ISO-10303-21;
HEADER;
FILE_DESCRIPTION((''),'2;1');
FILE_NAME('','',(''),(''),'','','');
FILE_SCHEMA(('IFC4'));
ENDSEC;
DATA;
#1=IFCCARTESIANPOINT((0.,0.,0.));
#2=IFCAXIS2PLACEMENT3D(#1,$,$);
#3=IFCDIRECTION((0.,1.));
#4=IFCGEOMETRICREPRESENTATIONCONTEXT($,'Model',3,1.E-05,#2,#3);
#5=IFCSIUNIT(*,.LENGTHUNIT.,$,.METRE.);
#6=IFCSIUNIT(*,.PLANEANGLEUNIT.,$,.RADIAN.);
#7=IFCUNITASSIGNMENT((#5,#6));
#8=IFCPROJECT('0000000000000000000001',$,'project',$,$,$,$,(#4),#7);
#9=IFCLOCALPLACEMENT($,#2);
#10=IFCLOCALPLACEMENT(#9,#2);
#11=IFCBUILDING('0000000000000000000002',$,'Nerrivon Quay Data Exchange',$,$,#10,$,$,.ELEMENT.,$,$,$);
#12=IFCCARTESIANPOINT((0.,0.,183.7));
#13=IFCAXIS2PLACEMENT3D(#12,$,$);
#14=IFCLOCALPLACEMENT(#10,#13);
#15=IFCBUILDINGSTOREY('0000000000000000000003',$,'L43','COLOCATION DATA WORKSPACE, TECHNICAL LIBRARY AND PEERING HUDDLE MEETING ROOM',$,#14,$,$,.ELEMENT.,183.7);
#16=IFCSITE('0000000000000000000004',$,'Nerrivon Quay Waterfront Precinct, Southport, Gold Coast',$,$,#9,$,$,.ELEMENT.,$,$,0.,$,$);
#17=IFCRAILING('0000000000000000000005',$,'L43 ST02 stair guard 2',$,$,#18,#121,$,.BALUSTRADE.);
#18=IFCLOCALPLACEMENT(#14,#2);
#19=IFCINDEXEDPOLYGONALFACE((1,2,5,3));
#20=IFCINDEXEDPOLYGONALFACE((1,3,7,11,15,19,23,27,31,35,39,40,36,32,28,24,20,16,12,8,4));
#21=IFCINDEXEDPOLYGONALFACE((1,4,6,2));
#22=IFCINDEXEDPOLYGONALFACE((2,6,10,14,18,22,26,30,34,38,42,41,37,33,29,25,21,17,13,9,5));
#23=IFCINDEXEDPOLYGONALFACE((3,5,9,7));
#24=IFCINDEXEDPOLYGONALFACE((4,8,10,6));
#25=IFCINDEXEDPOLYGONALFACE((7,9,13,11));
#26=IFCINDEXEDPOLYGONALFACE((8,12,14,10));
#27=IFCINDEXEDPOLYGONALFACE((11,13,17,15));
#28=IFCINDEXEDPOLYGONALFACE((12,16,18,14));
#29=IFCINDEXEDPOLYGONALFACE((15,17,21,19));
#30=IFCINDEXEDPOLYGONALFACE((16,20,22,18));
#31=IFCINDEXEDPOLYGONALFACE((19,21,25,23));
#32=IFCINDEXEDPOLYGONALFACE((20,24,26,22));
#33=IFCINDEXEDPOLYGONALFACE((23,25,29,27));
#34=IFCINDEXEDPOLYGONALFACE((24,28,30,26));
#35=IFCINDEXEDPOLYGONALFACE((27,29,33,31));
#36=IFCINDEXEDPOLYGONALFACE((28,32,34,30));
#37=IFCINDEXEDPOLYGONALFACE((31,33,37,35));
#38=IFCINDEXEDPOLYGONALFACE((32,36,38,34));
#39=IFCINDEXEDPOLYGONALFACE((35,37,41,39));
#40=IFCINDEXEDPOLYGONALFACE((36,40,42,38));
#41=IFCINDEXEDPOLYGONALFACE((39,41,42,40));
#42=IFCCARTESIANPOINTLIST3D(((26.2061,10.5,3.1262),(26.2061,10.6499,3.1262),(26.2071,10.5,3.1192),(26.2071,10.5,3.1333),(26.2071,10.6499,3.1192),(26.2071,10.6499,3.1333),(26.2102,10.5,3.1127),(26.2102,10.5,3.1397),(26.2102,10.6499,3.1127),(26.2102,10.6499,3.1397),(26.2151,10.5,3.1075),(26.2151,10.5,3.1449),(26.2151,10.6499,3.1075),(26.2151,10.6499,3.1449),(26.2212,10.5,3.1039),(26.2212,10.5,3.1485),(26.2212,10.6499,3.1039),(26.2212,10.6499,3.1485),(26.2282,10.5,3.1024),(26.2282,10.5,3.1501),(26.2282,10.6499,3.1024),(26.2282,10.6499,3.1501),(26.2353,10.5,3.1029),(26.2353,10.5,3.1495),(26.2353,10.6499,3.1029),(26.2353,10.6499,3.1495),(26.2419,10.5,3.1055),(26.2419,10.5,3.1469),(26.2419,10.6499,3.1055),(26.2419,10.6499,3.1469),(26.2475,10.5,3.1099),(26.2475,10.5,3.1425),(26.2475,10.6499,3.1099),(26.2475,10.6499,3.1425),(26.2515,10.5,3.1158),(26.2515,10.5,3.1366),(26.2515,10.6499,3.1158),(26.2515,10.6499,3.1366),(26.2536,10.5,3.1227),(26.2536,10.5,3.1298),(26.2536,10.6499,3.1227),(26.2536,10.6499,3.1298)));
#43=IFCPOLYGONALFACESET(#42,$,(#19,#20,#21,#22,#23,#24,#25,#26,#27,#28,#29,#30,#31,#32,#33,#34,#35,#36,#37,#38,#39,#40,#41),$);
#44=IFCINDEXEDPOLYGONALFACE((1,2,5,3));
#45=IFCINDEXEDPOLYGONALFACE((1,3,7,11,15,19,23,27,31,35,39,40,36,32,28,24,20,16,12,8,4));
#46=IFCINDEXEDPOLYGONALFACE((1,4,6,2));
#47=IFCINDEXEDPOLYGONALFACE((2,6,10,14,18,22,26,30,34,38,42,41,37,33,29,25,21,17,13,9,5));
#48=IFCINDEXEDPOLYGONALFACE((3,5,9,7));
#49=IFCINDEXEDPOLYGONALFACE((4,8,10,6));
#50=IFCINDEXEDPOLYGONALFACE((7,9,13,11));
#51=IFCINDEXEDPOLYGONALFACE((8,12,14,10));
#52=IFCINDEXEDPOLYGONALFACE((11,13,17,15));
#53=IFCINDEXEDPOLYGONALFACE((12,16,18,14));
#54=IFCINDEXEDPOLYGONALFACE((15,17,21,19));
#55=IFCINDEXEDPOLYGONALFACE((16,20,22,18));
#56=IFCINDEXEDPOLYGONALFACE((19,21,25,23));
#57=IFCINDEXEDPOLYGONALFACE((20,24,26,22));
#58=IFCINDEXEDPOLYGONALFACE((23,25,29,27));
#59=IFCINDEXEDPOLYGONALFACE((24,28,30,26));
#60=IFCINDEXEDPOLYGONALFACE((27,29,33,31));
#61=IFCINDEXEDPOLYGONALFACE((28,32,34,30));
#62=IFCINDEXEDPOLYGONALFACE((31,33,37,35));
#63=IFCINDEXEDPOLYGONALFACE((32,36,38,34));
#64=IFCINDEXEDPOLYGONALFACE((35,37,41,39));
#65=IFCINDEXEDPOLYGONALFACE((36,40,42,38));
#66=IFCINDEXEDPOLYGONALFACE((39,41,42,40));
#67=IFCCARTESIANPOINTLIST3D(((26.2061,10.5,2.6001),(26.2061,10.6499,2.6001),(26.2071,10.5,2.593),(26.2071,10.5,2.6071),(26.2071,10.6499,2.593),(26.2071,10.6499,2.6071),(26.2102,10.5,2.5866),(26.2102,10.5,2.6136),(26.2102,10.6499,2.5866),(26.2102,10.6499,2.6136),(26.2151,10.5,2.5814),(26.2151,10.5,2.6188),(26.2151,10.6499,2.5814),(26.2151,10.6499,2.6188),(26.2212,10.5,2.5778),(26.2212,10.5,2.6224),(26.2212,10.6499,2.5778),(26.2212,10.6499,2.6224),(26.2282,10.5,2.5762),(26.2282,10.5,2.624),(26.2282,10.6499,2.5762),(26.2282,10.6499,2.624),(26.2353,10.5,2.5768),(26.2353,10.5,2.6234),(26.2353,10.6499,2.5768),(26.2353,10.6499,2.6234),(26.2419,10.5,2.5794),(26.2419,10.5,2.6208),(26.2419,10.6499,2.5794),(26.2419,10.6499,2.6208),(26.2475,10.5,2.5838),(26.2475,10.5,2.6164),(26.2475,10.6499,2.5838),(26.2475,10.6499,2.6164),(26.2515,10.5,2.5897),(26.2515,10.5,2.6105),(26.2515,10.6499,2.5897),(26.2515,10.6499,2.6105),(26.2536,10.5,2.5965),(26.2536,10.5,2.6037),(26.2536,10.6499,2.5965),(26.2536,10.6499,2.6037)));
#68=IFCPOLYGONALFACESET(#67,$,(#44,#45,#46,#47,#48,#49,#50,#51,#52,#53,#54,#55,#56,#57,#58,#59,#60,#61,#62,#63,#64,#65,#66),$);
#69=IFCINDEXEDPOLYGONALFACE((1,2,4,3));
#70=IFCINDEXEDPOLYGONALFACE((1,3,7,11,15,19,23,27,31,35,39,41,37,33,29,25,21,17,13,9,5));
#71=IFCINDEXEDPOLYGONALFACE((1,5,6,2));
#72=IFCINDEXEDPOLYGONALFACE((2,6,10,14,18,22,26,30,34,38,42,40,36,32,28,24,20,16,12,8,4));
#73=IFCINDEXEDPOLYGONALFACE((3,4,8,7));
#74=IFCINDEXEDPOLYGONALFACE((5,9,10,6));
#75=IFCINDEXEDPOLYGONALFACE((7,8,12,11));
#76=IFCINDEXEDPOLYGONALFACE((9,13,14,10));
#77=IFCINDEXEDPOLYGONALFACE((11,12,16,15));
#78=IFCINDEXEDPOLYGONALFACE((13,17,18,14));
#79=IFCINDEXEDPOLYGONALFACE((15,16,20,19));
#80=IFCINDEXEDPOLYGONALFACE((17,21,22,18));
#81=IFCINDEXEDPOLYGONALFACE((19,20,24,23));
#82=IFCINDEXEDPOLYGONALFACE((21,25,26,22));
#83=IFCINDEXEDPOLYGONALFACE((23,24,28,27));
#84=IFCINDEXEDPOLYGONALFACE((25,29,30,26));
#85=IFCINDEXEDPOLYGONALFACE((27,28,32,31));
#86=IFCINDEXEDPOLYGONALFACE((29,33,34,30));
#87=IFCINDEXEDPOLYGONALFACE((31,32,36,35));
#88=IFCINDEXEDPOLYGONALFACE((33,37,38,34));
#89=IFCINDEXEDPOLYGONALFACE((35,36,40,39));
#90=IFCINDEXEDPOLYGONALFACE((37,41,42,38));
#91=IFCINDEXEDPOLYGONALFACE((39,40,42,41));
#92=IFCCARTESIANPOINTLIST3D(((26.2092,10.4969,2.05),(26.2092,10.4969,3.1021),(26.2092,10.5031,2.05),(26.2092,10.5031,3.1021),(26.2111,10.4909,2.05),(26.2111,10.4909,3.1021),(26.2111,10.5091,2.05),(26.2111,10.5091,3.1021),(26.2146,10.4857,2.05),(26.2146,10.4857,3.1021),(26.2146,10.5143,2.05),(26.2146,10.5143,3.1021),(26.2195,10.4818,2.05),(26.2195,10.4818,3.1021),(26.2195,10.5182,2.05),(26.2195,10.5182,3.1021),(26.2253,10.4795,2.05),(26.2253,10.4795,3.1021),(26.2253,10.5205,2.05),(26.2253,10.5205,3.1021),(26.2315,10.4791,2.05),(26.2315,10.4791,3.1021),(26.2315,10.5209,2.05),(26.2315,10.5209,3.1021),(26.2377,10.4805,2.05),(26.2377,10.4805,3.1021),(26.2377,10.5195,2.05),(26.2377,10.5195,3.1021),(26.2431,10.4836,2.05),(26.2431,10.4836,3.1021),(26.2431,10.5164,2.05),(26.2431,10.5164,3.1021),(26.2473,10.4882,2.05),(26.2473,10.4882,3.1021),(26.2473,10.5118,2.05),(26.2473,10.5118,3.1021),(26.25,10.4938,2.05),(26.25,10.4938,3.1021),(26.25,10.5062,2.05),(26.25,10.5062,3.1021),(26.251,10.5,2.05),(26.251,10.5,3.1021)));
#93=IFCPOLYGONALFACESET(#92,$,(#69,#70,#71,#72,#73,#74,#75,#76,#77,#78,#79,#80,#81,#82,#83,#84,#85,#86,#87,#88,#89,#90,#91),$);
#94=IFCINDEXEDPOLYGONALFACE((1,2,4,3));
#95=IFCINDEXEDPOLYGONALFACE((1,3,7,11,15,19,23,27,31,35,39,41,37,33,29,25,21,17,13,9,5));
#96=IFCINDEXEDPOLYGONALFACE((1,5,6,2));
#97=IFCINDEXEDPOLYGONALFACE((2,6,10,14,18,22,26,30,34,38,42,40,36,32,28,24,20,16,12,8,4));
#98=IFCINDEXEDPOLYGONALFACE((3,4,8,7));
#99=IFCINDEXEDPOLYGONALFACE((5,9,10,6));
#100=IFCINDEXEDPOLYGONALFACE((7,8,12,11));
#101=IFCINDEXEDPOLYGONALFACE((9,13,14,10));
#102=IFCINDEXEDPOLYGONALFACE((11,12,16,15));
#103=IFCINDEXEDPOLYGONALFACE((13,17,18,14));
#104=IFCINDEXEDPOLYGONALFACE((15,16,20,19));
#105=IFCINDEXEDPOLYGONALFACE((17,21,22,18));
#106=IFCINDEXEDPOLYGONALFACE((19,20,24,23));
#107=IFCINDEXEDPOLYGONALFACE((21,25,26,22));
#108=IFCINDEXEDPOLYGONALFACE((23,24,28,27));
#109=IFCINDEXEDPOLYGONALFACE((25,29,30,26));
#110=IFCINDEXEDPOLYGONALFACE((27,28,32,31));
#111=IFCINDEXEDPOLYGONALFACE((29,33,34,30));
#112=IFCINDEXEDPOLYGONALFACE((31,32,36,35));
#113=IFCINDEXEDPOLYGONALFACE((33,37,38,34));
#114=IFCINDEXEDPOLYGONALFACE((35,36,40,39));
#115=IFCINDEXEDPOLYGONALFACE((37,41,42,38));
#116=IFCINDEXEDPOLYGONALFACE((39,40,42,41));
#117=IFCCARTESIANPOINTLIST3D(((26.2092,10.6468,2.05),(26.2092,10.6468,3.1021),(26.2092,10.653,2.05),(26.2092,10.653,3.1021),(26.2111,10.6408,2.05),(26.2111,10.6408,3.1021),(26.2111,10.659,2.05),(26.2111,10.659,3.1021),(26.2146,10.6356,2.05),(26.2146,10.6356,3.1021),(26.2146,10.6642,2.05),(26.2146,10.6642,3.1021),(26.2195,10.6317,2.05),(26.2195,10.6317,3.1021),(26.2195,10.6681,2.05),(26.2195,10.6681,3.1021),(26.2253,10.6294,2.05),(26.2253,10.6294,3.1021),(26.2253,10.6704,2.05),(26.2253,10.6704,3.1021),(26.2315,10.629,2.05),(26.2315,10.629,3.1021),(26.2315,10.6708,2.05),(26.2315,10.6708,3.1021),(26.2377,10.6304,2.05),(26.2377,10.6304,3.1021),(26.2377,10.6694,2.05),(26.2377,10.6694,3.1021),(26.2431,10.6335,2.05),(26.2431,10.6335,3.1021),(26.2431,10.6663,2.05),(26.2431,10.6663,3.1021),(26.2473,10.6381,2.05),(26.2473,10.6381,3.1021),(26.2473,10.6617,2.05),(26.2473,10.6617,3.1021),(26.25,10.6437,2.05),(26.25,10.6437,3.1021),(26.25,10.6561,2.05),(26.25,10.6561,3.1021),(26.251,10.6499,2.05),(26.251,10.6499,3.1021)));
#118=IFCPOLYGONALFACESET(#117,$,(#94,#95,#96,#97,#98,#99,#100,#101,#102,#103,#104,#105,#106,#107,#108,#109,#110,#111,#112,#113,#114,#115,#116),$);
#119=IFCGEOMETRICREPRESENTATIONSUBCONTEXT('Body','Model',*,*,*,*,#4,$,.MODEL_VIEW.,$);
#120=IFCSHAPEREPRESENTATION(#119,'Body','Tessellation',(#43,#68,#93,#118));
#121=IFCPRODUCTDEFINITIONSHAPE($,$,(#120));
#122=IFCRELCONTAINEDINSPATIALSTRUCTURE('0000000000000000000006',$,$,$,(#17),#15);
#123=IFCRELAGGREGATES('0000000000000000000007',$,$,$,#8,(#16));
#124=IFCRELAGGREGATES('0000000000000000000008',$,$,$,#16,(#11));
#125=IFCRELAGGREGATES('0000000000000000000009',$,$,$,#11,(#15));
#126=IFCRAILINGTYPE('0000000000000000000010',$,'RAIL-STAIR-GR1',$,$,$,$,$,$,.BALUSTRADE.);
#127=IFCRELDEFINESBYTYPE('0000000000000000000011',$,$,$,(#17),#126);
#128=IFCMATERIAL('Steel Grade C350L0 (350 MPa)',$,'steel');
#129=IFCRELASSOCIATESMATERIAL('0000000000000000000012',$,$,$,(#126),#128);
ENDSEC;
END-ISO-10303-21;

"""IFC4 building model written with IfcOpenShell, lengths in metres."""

from ifc_helpers import new_model, si_unit, direction, frame, origin, origin_2d, place, context, subcontext, project, spatial, circle, extrude, material, type_object, element, save


model = new_model("IFC4")

# Units and contexts
model_context = context("Model", 3, precision=1e-05, world=origin(), true_north=direction((0.0, 1.0)))
body_context = subcontext(model_context, "Body", "Model", "MODEL_VIEW")
ifc_project = project(units=[si_unit("LENGTHUNIT", "METRE"), si_unit("PLANEANGLEUNIT", "RADIAN")], contexts=[model_context])

# Site, building, storey
site_placement = place(None, origin())
site = spatial("IfcSite", under=ifc_project, at=site_placement, Name="Nerrivon Quay Waterfront Precinct, Southport, Gold Coast", CompositionType="ELEMENT", RefElevation=0.0)
building_placement = place(site_placement, origin())
building = spatial("IfcBuilding", under=site, at=building_placement, Name="Nerrivon Quay Data Exchange", CompositionType="ELEMENT")
storey_placement = place(building_placement, frame((0.0, 0.0, 183.7)))
storey = spatial("IfcBuildingStorey", under=building, at=storey_placement, Name="L43", Description="COLOCATION DATA WORKSPACE, TECHNICAL LIBRARY AND PEERING HUDDLE MEETING ROOM", CompositionType="ELEMENT", Elevation=183.7)

# Shared definitions
ifc_material_1 = material(Name="Steel Grade C350L0 (350 MPa)", Category="steel")

# Railing
railing_type_1 = type_object("IfcRailingType", Name="RAIL-STAIR-GR1", PredefinedType="BALUSTRADE", material=ifc_material_1)
railing_1_placement = place(storey_placement, frame((26.23, 10.5, 2.05)))
element("IfcRailing", 1, at=railing_1_placement, inside=storey, type_object=railing_type_1, Name="L43 ST02 stair guard 2", PredefinedType="BALUSTRADE", context=body_context, shape_type="SweptSolid", body=[
    extrude(circle(Radius=0.0239, at=origin_2d()), frame((0.0, 0.0, 1.0762), z_axis=(0.0, 1.0, 0.0), x_axis=(-1.0, 0.0, 0.0)), (0.0, 0.0, 1.0), 0.1499),
    extrude(circle(Radius=0.0239, at=origin_2d()), frame((0.0, 0.0, 0.55), z_axis=(0.0, 1.0, 0.0), x_axis=(-1.0, 0.0, 0.0)), (0.0, 0.0, 1.0), 0.1499),
    extrude(circle(Radius=0.021, at=origin_2d()), origin(), (0.0, 0.0, 1.0), 1.052),
    extrude(circle(Radius=0.021, at=origin_2d()), frame((0.0, 0.1499, 0.0)), (0.0, 0.0, 1.0), 1.052),
])

save(model, "model.ifc")
